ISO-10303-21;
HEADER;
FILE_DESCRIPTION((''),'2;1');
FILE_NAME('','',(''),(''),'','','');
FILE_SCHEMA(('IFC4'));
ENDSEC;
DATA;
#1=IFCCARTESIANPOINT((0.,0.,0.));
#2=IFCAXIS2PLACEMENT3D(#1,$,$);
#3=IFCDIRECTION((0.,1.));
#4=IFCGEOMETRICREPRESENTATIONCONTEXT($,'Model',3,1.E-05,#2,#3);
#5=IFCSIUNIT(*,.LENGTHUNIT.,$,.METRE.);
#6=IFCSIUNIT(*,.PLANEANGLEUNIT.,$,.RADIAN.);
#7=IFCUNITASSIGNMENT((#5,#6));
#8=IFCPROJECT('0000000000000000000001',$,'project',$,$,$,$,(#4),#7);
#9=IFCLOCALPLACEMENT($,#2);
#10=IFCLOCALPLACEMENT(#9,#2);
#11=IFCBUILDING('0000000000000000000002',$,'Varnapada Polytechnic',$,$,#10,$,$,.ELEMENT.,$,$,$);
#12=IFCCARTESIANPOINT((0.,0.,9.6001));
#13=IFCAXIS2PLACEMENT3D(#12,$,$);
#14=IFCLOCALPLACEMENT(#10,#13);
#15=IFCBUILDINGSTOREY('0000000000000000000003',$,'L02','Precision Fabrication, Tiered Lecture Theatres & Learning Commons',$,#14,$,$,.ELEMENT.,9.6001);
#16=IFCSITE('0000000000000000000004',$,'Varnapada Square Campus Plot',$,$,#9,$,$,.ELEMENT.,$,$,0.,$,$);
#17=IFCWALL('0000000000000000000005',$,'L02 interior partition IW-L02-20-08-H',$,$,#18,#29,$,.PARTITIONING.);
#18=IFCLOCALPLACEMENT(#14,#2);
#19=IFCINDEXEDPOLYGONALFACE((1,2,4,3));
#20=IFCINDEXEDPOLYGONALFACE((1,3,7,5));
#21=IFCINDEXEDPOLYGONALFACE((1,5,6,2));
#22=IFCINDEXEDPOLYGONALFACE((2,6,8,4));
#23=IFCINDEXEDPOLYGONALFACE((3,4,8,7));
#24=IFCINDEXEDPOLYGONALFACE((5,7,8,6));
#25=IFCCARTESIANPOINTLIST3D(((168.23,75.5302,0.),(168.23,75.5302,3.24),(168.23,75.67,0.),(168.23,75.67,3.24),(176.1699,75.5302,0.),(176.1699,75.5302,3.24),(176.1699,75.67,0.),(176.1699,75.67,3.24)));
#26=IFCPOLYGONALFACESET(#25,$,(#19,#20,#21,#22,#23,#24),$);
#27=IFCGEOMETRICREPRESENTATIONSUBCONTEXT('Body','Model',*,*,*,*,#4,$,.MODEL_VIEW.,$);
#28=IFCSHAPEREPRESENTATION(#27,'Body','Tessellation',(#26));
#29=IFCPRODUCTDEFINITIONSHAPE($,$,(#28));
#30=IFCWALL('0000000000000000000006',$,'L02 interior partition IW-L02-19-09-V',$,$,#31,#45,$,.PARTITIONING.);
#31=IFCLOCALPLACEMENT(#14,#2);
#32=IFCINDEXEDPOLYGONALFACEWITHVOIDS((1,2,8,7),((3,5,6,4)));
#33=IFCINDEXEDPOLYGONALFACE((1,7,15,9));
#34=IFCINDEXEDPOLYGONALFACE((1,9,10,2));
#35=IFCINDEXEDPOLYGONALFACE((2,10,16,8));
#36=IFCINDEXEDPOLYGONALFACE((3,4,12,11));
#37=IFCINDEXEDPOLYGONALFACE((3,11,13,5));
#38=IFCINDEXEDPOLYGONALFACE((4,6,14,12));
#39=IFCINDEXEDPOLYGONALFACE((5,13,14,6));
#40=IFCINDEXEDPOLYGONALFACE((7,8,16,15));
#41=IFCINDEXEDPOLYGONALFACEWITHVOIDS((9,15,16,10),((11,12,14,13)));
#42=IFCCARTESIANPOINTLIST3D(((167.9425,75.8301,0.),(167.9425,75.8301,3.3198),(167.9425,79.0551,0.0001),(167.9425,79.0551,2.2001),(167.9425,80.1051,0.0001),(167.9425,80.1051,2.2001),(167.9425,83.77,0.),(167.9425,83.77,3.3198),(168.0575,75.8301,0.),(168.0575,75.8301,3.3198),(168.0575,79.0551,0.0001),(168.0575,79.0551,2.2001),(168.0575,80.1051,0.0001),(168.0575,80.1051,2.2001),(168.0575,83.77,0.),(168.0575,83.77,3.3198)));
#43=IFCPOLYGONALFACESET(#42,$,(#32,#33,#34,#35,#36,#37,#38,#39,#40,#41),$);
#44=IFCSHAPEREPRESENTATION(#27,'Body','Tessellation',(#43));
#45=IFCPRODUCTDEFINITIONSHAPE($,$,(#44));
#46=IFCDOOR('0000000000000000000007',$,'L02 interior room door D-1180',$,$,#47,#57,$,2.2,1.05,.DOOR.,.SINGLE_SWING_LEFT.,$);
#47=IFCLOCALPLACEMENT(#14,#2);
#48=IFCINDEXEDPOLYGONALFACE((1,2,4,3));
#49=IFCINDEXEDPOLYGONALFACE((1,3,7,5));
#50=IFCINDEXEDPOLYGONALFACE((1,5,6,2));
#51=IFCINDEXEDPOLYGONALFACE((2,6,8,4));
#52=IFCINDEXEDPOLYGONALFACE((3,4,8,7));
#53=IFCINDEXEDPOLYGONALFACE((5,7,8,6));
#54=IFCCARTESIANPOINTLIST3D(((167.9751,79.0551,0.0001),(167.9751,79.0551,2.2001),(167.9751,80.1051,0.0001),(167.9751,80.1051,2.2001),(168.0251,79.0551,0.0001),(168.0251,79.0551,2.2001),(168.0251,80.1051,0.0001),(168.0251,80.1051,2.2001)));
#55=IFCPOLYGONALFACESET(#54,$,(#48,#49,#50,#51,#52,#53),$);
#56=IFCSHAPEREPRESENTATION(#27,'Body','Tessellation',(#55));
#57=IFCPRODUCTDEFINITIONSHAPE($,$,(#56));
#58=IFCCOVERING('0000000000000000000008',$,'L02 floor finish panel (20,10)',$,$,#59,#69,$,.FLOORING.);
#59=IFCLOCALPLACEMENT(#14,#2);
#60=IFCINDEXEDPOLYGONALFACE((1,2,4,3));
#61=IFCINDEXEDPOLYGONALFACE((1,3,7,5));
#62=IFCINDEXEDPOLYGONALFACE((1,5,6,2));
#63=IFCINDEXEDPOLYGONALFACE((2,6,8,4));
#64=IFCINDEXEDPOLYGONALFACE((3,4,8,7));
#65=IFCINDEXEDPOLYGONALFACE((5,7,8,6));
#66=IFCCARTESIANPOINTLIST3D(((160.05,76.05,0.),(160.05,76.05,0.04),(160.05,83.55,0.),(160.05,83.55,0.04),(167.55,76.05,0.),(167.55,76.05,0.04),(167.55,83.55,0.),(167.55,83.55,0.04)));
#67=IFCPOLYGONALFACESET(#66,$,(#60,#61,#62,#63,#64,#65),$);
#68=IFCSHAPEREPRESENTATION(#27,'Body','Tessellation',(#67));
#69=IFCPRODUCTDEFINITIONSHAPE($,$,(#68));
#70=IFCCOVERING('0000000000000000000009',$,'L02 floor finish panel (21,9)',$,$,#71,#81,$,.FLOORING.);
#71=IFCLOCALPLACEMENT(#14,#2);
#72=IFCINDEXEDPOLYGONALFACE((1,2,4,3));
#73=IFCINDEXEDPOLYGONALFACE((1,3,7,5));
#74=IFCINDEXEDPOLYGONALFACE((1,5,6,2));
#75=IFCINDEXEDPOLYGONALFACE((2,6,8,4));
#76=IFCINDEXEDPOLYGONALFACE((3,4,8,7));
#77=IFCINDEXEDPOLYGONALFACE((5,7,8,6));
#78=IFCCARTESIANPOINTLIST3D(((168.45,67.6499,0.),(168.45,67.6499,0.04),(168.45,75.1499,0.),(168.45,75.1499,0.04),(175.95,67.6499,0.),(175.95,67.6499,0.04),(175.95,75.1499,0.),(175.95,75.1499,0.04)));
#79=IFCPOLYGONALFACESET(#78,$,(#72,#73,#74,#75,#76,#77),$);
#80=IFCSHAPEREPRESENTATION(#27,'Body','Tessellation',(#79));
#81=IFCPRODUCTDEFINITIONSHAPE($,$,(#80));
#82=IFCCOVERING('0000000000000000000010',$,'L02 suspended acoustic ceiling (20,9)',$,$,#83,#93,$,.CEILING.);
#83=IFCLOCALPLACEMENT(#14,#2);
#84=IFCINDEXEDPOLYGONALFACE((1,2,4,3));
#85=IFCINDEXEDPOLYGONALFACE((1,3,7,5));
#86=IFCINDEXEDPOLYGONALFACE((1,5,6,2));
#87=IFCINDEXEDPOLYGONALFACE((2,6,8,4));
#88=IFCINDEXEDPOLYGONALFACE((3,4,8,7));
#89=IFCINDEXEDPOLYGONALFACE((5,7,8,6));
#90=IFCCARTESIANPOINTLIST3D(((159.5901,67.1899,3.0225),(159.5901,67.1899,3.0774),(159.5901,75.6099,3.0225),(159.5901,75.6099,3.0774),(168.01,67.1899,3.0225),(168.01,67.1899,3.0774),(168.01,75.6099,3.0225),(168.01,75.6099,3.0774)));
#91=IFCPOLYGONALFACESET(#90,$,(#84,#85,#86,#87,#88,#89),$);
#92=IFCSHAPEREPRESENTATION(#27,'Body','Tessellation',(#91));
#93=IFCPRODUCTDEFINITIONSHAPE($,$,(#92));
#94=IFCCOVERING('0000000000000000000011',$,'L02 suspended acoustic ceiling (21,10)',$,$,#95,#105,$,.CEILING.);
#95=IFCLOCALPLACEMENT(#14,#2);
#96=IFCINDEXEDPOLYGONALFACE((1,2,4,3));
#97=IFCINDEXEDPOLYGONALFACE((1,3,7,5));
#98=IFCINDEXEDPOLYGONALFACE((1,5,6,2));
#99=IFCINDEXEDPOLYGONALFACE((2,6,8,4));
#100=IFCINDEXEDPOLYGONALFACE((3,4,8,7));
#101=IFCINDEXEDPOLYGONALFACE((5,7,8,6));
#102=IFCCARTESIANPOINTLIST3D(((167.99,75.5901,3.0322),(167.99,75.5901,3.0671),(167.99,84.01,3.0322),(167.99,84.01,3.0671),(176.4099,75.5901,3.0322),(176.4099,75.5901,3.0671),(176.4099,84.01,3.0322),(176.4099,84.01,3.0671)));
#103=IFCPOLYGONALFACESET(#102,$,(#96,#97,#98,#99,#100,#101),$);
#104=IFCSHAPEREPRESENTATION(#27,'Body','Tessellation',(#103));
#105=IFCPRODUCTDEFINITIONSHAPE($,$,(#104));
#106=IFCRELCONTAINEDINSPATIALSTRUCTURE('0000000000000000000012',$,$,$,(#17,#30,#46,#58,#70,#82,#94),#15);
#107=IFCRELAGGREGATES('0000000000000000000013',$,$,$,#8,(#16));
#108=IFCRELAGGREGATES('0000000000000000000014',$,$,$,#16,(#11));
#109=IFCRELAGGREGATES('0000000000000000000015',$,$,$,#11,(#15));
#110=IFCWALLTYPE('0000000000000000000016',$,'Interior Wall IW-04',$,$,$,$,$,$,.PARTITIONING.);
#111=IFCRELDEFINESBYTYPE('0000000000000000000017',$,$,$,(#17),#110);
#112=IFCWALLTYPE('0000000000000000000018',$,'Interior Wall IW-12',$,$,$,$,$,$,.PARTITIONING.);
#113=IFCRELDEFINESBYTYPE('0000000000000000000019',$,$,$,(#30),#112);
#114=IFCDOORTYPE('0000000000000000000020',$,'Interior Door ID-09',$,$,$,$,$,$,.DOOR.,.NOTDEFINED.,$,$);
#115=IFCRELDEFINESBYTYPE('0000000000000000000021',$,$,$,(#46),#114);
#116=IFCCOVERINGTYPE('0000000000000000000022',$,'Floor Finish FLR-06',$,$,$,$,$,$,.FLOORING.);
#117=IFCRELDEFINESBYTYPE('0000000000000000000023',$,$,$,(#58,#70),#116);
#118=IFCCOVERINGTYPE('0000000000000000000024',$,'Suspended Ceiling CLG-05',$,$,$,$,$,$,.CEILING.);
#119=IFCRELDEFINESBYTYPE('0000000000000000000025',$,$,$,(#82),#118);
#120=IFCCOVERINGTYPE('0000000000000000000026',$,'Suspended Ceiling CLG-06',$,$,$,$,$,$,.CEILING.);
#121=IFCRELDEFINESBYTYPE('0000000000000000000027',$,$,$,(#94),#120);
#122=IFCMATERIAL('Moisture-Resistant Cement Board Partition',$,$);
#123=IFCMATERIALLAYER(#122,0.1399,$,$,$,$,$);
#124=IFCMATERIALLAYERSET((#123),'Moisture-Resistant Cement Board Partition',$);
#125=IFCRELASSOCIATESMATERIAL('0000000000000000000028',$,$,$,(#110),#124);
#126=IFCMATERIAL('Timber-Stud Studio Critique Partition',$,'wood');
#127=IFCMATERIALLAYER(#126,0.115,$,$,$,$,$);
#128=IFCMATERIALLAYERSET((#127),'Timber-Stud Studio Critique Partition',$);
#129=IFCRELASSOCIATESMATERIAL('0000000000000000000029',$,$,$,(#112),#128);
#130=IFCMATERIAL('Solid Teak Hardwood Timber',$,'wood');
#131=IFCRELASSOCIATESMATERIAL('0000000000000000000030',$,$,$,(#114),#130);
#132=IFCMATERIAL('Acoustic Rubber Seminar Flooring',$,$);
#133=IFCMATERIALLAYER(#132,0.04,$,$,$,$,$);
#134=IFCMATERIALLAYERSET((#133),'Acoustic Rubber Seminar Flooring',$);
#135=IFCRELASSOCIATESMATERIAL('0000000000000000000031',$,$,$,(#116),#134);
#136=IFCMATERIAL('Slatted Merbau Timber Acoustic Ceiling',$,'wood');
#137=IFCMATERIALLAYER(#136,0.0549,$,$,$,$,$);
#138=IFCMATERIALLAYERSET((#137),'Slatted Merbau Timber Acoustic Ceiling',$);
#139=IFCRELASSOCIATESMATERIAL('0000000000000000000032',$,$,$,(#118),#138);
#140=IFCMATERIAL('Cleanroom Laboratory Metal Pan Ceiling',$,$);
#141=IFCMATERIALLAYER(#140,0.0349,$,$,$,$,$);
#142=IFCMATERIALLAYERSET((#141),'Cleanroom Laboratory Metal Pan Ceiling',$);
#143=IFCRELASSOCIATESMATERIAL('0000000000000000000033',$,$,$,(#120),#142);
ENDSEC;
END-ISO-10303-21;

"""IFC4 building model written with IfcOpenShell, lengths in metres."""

from ifc_helpers import new_model, si_unit, direction, frame, frame_2d, origin, origin_2d, place, context, subcontext, project, spatial, rectangle, extrude, material, layer, layer_set, type_object, element, fill, save


model = new_model("IFC4")

# Units and contexts
model_context = context("Model", 3, precision=1e-05, world=origin(), true_north=direction((0.0, 1.0)))
body_context = subcontext(model_context, "Body", "Model", "MODEL_VIEW")
ifc_project = project(units=[si_unit("LENGTHUNIT", "METRE"), si_unit("PLANEANGLEUNIT", "RADIAN")], contexts=[model_context])

# Site, building, storey
site_placement = place(None, origin())
site = spatial("IfcSite", under=ifc_project, at=site_placement, Name="Varnapada Square Campus Plot", CompositionType="ELEMENT", RefElevation=0.0)
building_placement = place(site_placement, origin())
building = spatial("IfcBuilding", under=site, at=building_placement, Name="Varnapada Polytechnic", CompositionType="ELEMENT")
storey_placement = place(building_placement, frame((0.0, 0.0, 9.6001)))
storey = spatial("IfcBuildingStorey", under=building, at=storey_placement, Name="L02", Description="Precision Fabrication, Tiered Lecture Theatres & Learning Commons", CompositionType="ELEMENT", Elevation=9.6001)

# Wall
ifc_material_1 = material(Name="Moisture-Resistant Cement Board Partition")
ifc_layer_1 = layer(ifc_material_1, 0.1399)
ifc_layer_set_1 = layer_set([ifc_layer_1], Name="Moisture-Resistant Cement Board Partition")
wall_type_1 = type_object("IfcWallType", Name="Interior Wall IW-04", PredefinedType="PARTITIONING", material=ifc_layer_set_1)
wall_1_placement = place(storey_placement, frame((168.23, 75.6001, 0.0), z_axis=(0.0, 0.0, 1.0), x_axis=(1.0, 0.0, 0.0)))
element("IfcWall", 1, at=wall_1_placement, inside=storey, type_object=wall_type_1, Name="L02 interior partition IW-L02-20-08-H", PredefinedType="PARTITIONING", context=body_context, shape_type="SweptSolid", body=[
    extrude(rectangle(XDim=7.9399, YDim=0.1399, at=frame_2d((3.97, 0.0))), origin(), (0.0, 0.0, 1.0), 3.24),
])

# Wall, opening, door
ifc_material_2 = material(Name="Timber-Stud Studio Critique Partition", Category="wood")
ifc_layer_2 = layer(ifc_material_2, 0.115)
ifc_layer_set_2 = layer_set([ifc_layer_2], Name="Timber-Stud Studio Critique Partition")
wall_type_2 = type_object("IfcWallType", Name="Interior Wall IW-12", PredefinedType="PARTITIONING", material=ifc_layer_set_2)
wall_2_placement = place(storey_placement, frame((168.0, 75.8301, 0.0), z_axis=(0.0, 0.0, 1.0), x_axis=(0.0, 1.0, 0.0)))
wall_2 = element("IfcWall", 2, at=wall_2_placement, inside=storey, type_object=wall_type_2, Name="L02 interior partition IW-L02-19-09-V", PredefinedType="PARTITIONING", context=body_context, shape_type="SweptSolid", body=[
    extrude(rectangle(XDim=7.9399, YDim=0.115, at=frame_2d((3.97, 0.0))), origin(), (0.0, 0.0, 1.0), 3.3198),
])
opening_placement = place(wall_2_placement, frame((3.2251, 0.0, 0.0)))
opening = element("IfcOpeningElement", 3, at=opening_placement, cuts=wall_2, PredefinedType="OPENING", context=body_context, shape_type="SweptSolid", body=[
    extrude(rectangle(XDim=1.05, YDim=2.2, at=frame_2d((0.5249, 1.1001))), frame((0.0, 0.0674, 0.0), z_axis=(0.0, -1.0, 0.0), x_axis=(1.0, 0.0, 0.0)), (0.0, 0.0, 1.0), 0.135),
])
ifc_material_3 = material(Name="Solid Teak Hardwood Timber", Category="wood")
door_type = type_object("IfcDoorType", Name="Interior Door ID-09", OperationType="NOTDEFINED", PredefinedType="DOOR", material=ifc_material_3)
door_placement = place(opening_placement, origin())
door = element("IfcDoor", 4, at=door_placement, inside=storey, type_object=door_type, Name="L02 interior room door D-1180", OperationType="SINGLE_SWING_LEFT", OverallHeight=2.2, OverallWidth=1.05, PredefinedType="DOOR", context=body_context, shape_type="SweptSolid", body=[
    extrude(rectangle(XDim=1.05, YDim=2.2, at=frame_2d((0.5249, 1.1001))), frame((0.0, 0.0249, 0.0), z_axis=(0.0, -1.0, 0.0), x_axis=(1.0, 0.0, 0.0)), (0.0, 0.0, 1.0), 0.05),
])
fill(opening, door)

# Coverings
ifc_material_4 = material(Name="Acoustic Rubber Seminar Flooring")
ifc_layer_3 = layer(ifc_material_4, 0.04)
ifc_layer_set_3 = layer_set([ifc_layer_3], Name="Acoustic Rubber Seminar Flooring")
covering_type_1 = type_object("IfcCoveringType", Name="Floor Finish FLR-06", PredefinedType="FLOORING", material=ifc_layer_set_3)
for number, where, z_axis, x_axis, name in (
    (5, (163.8, 79.8, 0.0), (0.0, 0.0, 1.0), (1.0, 0.0, 0.0), "L02 floor finish panel (20,10)"),
    (6, (172.2, 71.3999, 0.0), (0.0, 0.0, 1.0), (1.0, 0.0, 0.0), "L02 floor finish panel (21,9)"),
):
    element("IfcCovering", number, at=place(storey_placement, frame(where, z_axis=z_axis, x_axis=x_axis)), inside=storey, type_object=covering_type_1, Name=name, PredefinedType="FLOORING", context=body_context, shape_type="SweptSolid", body=[
        extrude(rectangle(XDim=7.5, YDim=7.5, at=origin_2d()), origin(), (0.0, 0.0, 1.0), 0.04),
    ])
ifc_material_5 = material(Name="Slatted Merbau Timber Acoustic Ceiling", Category="wood")
ifc_layer_4 = layer(ifc_material_5, 0.0549)
ifc_layer_set_4 = layer_set([ifc_layer_4], Name="Slatted Merbau Timber Acoustic Ceiling")
covering_type_2 = type_object("IfcCoveringType", Name="Suspended Ceiling CLG-05", PredefinedType="CEILING", material=ifc_layer_set_4)
covering_1_placement = place(storey_placement, frame((163.8, 71.3999, 3.0225), z_axis=(0.0, 0.0, 1.0), x_axis=(1.0, 0.0, 0.0)))
element("IfcCovering", 7, at=covering_1_placement, inside=storey, type_object=covering_type_2, Name="L02 suspended acoustic ceiling (20,9)", PredefinedType="CEILING", context=body_context, shape_type="SweptSolid", body=[
    extrude(rectangle(XDim=8.4199, YDim=8.4199, at=origin_2d()), origin(), (0.0, 0.0, 1.0), 0.0549),
])
ifc_material_6 = material(Name="Cleanroom Laboratory Metal Pan Ceiling")
ifc_layer_5 = layer(ifc_material_6, 0.0349)
ifc_layer_set_5 = layer_set([ifc_layer_5], Name="Cleanroom Laboratory Metal Pan Ceiling")
covering_type_3 = type_object("IfcCoveringType", Name="Suspended Ceiling CLG-06", PredefinedType="CEILING", material=ifc_layer_set_5)
covering_2_placement = place(storey_placement, frame((172.2, 79.8, 3.0322), z_axis=(0.0, 0.0, 1.0), x_axis=(1.0, 0.0, 0.0)))
element("IfcCovering", 8, at=covering_2_placement, inside=storey, type_object=covering_type_3, Name="L02 suspended acoustic ceiling (21,10)", PredefinedType="CEILING", context=body_context, shape_type="SweptSolid", body=[
    extrude(rectangle(XDim=8.4199, YDim=8.4199, at=origin_2d()), origin(), (0.0, 0.0, 1.0), 0.0349),
])

save(model, "model.ifc")
